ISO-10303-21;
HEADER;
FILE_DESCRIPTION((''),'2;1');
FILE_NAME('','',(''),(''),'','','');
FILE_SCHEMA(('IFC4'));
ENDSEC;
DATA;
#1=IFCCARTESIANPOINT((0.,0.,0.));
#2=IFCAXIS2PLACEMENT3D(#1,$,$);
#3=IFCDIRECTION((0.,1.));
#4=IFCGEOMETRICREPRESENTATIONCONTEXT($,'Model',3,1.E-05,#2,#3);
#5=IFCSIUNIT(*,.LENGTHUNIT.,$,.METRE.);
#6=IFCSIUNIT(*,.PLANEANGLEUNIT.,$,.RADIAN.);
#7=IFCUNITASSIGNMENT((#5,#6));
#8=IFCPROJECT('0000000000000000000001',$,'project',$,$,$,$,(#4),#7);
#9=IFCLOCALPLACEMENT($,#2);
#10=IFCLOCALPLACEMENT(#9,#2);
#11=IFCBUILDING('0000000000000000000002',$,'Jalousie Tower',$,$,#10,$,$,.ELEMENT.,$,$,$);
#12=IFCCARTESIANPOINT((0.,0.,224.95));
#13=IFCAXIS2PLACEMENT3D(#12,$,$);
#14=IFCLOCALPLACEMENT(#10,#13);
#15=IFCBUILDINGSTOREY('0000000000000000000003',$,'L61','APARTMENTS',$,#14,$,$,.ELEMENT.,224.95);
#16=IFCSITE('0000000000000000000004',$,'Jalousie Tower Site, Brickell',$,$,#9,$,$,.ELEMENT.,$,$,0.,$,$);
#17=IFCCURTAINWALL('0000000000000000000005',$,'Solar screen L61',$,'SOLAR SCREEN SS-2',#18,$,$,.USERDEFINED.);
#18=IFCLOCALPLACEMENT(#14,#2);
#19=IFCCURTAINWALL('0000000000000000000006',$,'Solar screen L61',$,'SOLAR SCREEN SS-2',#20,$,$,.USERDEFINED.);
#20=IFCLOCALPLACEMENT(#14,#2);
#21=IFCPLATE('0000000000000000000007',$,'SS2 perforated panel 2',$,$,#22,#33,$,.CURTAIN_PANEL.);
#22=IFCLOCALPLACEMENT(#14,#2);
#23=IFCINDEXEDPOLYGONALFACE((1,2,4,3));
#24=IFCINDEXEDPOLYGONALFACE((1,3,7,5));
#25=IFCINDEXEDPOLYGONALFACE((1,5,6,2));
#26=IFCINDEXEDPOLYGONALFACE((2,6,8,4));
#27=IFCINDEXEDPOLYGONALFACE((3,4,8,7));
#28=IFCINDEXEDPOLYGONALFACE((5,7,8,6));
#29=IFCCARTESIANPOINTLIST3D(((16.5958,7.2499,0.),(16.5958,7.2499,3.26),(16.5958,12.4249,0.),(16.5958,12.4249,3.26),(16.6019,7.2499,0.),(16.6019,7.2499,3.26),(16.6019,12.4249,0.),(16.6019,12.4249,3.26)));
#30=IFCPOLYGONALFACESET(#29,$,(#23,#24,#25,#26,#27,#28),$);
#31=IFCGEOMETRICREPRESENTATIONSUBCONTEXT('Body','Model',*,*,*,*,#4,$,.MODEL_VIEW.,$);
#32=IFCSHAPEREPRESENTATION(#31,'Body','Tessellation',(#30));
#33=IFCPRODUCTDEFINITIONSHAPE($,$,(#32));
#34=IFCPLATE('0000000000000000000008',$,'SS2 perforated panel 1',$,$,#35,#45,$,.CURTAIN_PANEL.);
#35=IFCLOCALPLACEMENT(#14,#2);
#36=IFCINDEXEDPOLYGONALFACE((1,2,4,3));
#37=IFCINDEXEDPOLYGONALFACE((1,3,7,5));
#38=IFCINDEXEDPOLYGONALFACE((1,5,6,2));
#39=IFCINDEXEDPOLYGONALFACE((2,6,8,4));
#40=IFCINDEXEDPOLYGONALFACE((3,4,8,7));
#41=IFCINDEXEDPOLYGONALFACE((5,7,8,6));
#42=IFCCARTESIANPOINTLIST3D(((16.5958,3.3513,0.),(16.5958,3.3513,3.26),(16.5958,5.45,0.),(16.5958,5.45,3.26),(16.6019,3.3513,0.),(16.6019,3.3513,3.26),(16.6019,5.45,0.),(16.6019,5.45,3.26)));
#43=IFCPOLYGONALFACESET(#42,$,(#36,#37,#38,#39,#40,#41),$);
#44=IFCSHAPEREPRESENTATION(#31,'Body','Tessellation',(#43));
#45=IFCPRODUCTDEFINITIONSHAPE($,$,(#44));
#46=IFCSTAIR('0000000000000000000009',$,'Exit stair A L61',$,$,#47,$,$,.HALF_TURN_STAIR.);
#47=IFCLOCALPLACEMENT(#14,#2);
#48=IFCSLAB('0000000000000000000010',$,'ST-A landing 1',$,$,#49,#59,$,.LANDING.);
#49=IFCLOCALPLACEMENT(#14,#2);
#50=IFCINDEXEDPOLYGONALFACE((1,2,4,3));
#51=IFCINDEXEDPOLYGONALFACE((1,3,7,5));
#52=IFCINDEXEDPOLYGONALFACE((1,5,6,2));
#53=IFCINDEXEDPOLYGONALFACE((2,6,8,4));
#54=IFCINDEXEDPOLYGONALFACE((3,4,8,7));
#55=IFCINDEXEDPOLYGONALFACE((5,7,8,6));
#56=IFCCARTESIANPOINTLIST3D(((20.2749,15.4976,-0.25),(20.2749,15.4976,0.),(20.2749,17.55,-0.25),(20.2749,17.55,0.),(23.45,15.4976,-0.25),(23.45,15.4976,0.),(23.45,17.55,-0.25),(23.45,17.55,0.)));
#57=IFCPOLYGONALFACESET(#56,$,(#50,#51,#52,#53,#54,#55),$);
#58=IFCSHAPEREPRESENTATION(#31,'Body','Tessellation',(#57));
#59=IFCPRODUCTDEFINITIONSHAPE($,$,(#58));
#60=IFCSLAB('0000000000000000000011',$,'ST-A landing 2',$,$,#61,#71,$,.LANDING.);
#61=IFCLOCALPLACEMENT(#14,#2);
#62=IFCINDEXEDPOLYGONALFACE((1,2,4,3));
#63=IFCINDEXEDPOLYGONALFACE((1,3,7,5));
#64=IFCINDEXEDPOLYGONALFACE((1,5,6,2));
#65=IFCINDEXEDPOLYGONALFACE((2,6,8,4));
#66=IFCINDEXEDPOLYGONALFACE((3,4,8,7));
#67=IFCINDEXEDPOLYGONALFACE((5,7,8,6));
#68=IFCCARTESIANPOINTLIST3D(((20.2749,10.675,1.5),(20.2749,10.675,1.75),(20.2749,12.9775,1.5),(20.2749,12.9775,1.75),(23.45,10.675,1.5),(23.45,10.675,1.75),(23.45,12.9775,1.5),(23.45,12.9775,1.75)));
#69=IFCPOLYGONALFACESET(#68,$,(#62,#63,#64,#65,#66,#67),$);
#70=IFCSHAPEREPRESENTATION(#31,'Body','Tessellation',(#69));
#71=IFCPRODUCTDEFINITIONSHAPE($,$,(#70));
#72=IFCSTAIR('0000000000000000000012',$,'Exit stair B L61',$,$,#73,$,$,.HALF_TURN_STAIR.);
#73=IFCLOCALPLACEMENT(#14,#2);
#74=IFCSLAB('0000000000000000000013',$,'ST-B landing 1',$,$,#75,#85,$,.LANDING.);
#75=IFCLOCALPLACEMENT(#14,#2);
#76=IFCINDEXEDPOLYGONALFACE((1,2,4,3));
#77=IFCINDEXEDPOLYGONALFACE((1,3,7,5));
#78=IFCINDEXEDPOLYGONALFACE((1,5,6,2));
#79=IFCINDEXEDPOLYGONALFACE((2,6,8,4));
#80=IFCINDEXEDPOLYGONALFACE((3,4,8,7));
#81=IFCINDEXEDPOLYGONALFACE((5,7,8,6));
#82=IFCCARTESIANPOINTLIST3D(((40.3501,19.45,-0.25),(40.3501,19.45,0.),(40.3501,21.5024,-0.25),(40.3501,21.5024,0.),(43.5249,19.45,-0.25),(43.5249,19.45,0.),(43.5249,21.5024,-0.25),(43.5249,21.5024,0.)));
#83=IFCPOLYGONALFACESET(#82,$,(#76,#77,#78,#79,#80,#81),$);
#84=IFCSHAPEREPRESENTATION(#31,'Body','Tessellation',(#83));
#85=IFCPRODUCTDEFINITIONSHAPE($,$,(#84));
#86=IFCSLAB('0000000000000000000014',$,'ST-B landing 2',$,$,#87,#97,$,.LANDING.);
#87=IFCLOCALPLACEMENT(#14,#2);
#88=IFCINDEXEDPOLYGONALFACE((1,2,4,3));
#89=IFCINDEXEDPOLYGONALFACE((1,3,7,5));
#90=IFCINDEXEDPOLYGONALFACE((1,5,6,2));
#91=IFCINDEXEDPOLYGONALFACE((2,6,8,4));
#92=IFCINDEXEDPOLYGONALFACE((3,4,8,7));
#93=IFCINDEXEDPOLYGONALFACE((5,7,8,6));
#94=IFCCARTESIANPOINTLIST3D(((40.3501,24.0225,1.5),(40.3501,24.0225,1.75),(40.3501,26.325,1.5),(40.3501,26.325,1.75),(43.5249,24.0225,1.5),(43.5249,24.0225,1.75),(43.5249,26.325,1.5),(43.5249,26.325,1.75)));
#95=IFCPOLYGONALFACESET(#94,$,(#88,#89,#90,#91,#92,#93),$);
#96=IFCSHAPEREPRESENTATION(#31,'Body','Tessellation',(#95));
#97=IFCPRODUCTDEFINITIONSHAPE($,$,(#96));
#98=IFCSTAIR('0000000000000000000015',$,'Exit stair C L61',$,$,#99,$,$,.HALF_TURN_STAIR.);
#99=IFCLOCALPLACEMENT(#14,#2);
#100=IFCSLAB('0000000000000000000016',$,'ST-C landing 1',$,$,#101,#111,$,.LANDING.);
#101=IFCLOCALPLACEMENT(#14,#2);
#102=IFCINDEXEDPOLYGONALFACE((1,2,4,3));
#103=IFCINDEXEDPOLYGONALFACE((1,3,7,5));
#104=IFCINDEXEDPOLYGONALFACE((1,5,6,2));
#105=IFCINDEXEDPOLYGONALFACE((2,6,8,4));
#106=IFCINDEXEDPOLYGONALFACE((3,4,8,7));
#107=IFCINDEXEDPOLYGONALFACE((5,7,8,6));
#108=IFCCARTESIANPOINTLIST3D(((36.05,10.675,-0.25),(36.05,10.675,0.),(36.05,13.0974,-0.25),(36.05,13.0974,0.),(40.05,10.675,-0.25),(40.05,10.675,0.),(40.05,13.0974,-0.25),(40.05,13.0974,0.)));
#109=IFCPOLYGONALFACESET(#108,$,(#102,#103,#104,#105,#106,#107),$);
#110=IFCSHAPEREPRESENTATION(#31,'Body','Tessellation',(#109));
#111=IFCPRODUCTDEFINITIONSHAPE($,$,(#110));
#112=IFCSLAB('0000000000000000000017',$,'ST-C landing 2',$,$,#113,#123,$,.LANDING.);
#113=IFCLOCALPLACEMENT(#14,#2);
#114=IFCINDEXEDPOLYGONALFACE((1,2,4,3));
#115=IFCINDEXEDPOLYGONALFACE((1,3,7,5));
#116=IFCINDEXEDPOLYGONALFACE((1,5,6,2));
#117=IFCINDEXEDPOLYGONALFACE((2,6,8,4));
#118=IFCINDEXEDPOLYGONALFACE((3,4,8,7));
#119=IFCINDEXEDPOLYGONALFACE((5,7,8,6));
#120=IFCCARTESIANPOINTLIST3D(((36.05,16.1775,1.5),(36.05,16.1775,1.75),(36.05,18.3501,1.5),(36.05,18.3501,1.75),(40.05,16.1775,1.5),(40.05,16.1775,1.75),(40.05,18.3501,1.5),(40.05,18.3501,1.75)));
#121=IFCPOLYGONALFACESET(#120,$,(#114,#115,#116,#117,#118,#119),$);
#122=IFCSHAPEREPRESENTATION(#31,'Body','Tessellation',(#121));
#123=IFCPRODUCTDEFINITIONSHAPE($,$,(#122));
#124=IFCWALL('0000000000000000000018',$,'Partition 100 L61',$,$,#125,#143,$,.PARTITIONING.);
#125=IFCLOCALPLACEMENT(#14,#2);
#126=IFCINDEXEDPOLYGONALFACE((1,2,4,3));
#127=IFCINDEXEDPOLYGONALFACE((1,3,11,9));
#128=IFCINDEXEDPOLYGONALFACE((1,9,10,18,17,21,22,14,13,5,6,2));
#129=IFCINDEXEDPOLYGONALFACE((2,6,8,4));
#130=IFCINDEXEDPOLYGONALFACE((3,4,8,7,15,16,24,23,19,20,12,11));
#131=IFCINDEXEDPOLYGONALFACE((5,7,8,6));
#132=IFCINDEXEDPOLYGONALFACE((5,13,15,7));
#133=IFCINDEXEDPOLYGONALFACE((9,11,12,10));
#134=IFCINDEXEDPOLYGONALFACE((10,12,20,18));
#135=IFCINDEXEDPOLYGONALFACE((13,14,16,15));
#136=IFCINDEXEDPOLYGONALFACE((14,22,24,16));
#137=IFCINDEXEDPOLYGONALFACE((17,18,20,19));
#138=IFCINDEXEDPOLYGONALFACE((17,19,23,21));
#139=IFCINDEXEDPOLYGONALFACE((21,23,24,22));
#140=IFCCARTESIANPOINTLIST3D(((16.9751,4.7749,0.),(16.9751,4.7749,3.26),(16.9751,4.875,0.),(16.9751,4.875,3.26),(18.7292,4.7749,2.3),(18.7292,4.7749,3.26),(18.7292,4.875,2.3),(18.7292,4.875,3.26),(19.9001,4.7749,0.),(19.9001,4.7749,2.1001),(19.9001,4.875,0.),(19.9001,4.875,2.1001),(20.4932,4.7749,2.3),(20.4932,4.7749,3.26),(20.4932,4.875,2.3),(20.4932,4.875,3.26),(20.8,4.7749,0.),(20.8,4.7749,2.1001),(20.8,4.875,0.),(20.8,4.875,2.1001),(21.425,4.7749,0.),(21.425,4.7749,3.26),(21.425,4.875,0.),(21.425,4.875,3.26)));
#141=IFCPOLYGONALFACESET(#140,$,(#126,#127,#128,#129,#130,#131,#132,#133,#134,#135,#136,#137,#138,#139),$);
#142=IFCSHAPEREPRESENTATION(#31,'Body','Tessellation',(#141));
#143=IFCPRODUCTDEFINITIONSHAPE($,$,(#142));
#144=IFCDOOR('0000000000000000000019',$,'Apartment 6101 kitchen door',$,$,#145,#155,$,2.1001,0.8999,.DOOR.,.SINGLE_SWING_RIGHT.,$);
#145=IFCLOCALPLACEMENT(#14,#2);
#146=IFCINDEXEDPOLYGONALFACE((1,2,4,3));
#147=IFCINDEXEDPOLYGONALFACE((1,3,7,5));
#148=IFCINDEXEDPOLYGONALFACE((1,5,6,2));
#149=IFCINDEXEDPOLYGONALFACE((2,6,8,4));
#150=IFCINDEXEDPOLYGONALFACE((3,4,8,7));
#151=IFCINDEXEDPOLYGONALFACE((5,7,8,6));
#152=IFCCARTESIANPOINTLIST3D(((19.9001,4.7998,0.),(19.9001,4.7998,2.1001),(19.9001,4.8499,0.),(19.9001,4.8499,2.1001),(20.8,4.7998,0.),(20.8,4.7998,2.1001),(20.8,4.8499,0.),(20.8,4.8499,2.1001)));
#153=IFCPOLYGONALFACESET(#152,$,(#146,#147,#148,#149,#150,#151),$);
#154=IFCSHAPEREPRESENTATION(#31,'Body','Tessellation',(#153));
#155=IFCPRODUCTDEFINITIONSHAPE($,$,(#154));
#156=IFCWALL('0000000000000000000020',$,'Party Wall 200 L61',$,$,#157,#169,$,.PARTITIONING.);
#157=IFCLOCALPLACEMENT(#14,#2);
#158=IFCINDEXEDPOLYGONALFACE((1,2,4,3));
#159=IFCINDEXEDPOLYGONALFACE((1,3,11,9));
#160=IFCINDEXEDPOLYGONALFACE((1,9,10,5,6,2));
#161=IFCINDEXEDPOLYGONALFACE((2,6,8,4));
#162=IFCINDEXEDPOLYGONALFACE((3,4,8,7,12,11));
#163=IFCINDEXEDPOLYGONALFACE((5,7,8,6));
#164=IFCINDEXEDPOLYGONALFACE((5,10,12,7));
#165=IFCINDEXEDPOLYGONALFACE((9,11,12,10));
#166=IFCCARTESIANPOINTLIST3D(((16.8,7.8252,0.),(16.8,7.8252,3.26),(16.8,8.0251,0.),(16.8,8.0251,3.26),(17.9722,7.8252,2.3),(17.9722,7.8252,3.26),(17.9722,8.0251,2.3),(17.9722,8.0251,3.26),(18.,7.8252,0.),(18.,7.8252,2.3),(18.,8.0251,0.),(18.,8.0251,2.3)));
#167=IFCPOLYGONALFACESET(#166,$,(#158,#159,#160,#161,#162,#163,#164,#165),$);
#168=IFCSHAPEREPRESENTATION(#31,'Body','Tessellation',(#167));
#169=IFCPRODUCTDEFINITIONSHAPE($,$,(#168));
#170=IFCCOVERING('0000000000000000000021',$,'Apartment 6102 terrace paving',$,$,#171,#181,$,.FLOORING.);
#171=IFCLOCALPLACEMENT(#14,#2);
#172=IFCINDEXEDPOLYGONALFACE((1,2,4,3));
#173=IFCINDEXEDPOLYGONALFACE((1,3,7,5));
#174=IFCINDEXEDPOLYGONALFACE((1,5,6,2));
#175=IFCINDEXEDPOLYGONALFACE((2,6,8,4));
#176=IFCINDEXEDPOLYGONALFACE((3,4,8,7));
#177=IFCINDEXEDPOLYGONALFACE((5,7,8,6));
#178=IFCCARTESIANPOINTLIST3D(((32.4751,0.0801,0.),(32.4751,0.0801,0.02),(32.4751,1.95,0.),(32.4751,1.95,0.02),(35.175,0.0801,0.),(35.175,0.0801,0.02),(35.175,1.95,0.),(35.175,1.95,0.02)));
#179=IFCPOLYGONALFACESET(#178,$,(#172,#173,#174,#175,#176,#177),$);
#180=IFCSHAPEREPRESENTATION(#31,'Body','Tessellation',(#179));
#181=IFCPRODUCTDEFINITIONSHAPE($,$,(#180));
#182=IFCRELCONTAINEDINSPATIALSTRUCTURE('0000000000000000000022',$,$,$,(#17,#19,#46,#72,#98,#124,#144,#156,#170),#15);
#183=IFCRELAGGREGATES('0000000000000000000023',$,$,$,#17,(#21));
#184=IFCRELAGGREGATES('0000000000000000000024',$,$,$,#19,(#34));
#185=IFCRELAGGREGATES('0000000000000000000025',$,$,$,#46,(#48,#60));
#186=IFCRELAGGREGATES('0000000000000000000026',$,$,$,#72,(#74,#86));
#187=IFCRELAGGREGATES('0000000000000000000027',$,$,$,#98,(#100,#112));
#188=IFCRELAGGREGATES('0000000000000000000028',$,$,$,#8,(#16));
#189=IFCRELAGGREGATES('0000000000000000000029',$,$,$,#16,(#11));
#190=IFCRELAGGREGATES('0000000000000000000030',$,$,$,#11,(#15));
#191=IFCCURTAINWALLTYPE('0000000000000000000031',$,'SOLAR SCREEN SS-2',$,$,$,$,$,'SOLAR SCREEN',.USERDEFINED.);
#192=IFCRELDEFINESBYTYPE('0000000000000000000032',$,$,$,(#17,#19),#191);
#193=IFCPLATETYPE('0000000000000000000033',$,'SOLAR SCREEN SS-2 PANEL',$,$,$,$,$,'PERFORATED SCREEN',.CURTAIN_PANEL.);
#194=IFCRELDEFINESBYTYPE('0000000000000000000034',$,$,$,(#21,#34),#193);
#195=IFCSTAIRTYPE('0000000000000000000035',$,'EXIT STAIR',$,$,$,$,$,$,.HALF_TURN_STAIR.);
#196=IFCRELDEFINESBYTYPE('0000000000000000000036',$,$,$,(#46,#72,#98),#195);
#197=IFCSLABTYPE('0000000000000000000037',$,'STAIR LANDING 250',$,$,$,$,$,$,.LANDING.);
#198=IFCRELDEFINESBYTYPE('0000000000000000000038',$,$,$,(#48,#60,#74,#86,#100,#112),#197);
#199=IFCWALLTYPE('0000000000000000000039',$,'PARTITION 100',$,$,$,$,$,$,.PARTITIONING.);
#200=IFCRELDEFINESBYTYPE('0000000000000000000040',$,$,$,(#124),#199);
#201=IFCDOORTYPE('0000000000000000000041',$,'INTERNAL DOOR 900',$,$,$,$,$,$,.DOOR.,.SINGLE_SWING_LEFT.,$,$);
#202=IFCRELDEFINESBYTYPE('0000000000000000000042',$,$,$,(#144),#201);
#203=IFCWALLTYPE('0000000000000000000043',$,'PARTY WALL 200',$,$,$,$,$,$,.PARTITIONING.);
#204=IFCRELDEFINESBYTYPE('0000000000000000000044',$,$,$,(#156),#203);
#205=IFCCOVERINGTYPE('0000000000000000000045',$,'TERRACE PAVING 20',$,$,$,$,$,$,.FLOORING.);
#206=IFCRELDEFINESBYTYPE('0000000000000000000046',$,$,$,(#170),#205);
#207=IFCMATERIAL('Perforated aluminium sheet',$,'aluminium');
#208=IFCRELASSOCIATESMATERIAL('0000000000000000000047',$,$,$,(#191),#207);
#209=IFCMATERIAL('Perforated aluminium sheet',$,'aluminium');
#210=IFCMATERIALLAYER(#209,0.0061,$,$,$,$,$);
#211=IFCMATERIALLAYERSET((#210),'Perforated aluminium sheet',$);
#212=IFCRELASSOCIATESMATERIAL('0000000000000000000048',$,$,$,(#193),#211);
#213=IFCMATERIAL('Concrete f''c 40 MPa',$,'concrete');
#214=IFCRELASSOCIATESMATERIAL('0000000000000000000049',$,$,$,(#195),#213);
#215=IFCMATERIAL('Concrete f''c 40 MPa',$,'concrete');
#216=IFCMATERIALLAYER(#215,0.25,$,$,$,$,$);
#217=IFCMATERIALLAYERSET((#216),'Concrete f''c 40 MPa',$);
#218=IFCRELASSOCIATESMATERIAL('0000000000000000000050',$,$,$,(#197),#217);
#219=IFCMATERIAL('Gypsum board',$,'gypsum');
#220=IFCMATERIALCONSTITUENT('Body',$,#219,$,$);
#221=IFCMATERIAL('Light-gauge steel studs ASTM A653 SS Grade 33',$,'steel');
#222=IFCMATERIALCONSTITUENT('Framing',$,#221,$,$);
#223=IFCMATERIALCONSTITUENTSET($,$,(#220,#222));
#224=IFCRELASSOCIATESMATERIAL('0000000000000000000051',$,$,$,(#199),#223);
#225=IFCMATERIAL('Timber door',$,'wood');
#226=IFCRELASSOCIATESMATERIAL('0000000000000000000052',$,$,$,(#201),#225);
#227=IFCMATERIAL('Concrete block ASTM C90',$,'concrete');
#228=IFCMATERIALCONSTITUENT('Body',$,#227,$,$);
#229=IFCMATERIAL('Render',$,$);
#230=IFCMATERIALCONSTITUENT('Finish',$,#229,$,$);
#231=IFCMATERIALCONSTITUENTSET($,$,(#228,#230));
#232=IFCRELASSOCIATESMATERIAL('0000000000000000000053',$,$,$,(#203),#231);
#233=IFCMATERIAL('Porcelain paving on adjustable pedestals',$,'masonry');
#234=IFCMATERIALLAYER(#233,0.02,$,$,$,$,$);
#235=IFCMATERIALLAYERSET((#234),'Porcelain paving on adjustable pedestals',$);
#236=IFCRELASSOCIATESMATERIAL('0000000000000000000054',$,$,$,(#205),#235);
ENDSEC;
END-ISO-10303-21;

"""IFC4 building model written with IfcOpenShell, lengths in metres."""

from ifc_helpers import new_model, si_unit, direction, frame, frame_2d, origin, origin_2d, place, context, subcontext, project, spatial, polyline, rectangle, outline, extrude, material, layer, layer_set, constituent, constituent_set, type_object, element, fill, aggregate, save


model = new_model("IFC4")

# Units and contexts
model_context = context("Model", 3, precision=1e-05, world=origin(), true_north=direction((0.0, 1.0)))
body_context = subcontext(model_context, "Body", "Model", "MODEL_VIEW")
ifc_project = project(units=[si_unit("LENGTHUNIT", "METRE"), si_unit("PLANEANGLEUNIT", "RADIAN")], contexts=[model_context])

# Site, building, storey
site_placement = place(None, origin())
site = spatial("IfcSite", under=ifc_project, at=site_placement, Name="Jalousie Tower Site, Brickell", CompositionType="ELEMENT", RefElevation=0.0)
building_placement = place(site_placement, origin())
building = spatial("IfcBuilding", under=site, at=building_placement, Name="Jalousie Tower", CompositionType="ELEMENT")
storey_placement = place(building_placement, frame((0.0, 0.0, 224.95)))
storey = spatial("IfcBuildingStorey", under=building, at=storey_placement, Name="L61", Description="APARTMENTS", CompositionType="ELEMENT", Elevation=224.95)

# Curtain walls
ifc_material_1 = material(Name="Perforated aluminium sheet", Category="aluminium")
curtain_wall_type_1 = type_object("IfcCurtainWallType", Name="SOLAR SCREEN SS-2", ElementType="SOLAR SCREEN", PredefinedType="USERDEFINED", material=ifc_material_1)
curtain_wall_1_placement = place(storey_placement, origin())
curtain_wall_1 = element("IfcCurtainWall", 1, at=curtain_wall_1_placement, inside=storey, type_object=curtain_wall_type_1, Name="Solar screen L61", ObjectType="SOLAR SCREEN SS-2", PredefinedType="USERDEFINED")
curtain_wall_2_placement = place(storey_placement, origin())
curtain_wall_2 = element("IfcCurtainWall", 2, at=curtain_wall_2_placement, inside=storey, type_object=curtain_wall_type_1, Name="Solar screen L61", ObjectType="SOLAR SCREEN SS-2", PredefinedType="USERDEFINED")

# Plates
ifc_material_2 = material(Name="Perforated aluminium sheet", Category="aluminium")
ifc_layer_1 = layer(ifc_material_2, 0.0061)
ifc_layer_set_1 = layer_set([ifc_layer_1], Name="Perforated aluminium sheet")
plate_type = type_object("IfcPlateType", Name="SOLAR SCREEN SS-2 PANEL", ElementType="PERFORATED SCREEN", PredefinedType="CURTAIN_PANEL", material=ifc_layer_set_1)
plate_1_placement = place(storey_placement, frame((16.5989, 9.8374, 0.0), z_axis=(0.0, 0.0, 1.0), x_axis=(0.0, -1.0, 0.0)))
plate_1 = element("IfcPlate", 3, at=plate_1_placement, type_object=plate_type, Name="SS2 perforated panel 2", PredefinedType="CURTAIN_PANEL", context=body_context, shape_type="SweptSolid", body=[
    extrude(rectangle(XDim=5.175, YDim=0.0061, at=origin_2d()), origin(), (0.0, 0.0, 1.0), 3.26),
])
aggregate(curtain_wall_1, [plate_1])
plate_2_placement = place(storey_placement, frame((16.5989, 4.4006, 0.0), z_axis=(0.0, 0.0, 1.0), x_axis=(0.0, -1.0, 0.0)))
plate_2 = element("IfcPlate", 4, at=plate_2_placement, type_object=plate_type, Name="SS2 perforated panel 1", PredefinedType="CURTAIN_PANEL", context=body_context, shape_type="SweptSolid", body=[
    extrude(rectangle(XDim=2.0986, YDim=0.0061, at=origin_2d()), origin(), (0.0, 0.0, 1.0), 3.26),
])
aggregate(curtain_wall_2, [plate_2])

# Stairs, slabs
ifc_material_3 = material(Name="Concrete f'c 40 MPa", Category="concrete")
stair_type = type_object("IfcStairType", Name="EXIT STAIR", PredefinedType="HALF_TURN_STAIR", material=ifc_material_3)
stair_1_placement = place(storey_placement, origin())
stair_1 = element("IfcStair", 5, at=stair_1_placement, inside=storey, type_object=stair_type, Name="Exit stair A L61", PredefinedType="HALF_TURN_STAIR")
ifc_material_4 = material(Name="Concrete f'c 40 MPa", Category="concrete")
ifc_layer_2 = layer(ifc_material_4, 0.25)
ifc_layer_set_2 = layer_set([ifc_layer_2], Name="Concrete f'c 40 MPa")
slab_type_1 = type_object("IfcSlabType", Name="STAIR LANDING 250", PredefinedType="LANDING", material=ifc_layer_set_2)
slab_1_placement = place(storey_placement, frame((0.0, 0.0, -0.25)))
slab_1 = element("IfcSlab", 6, at=slab_1_placement, type_object=slab_type_1, Name="ST-A landing 1", PredefinedType="LANDING", context=body_context, shape_type="SweptSolid", body=[
    extrude(outline(polyline([(20.2749, 15.4976), (23.45, 15.4976), (23.45, 17.55), (20.2749, 17.55), (20.2749, 15.4976)])), origin(), (0.0, 0.0, 1.0), 0.25),
])
slab_2_placement = place(storey_placement, frame((0.0, 0.0, 1.5)))
slab_2 = element("IfcSlab", 7, at=slab_2_placement, type_object=slab_type_1, Name="ST-A landing 2", PredefinedType="LANDING", context=body_context, shape_type="SweptSolid", body=[
    extrude(outline(polyline([(20.2749, 10.675), (23.45, 10.675), (23.45, 12.9775), (20.2749, 12.9775), (20.2749, 10.675)])), origin(), (0.0, 0.0, 1.0), 0.25),
])
aggregate(stair_1, [slab_1, slab_2])
stair_2_placement = place(storey_placement, origin())
stair_2 = element("IfcStair", 8, at=stair_2_placement, inside=storey, type_object=stair_type, Name="Exit stair B L61", PredefinedType="HALF_TURN_STAIR")
slab_3_placement = place(storey_placement, frame((0.0, 0.0, -0.25)))
slab_3 = element("IfcSlab", 9, at=slab_3_placement, type_object=slab_type_1, Name="ST-B landing 1", PredefinedType="LANDING", context=body_context, shape_type="SweptSolid", body=[
    extrude(outline(polyline([(40.3501, 19.45), (43.5249, 19.45), (43.5249, 21.5024), (40.3501, 21.5024), (40.3501, 19.45)])), origin(), (0.0, 0.0, 1.0), 0.25),
])
slab_4_placement = place(storey_placement, frame((0.0, 0.0, 1.5)))
slab_4 = element("IfcSlab", 10, at=slab_4_placement, type_object=slab_type_1, Name="ST-B landing 2", PredefinedType="LANDING", context=body_context, shape_type="SweptSolid", body=[
    extrude(outline(polyline([(40.3501, 24.0225), (43.5249, 24.0225), (43.5249, 26.325), (40.3501, 26.325), (40.3501, 24.0225)])), origin(), (0.0, 0.0, 1.0), 0.25),
])
aggregate(stair_2, [slab_3, slab_4])
stair_3_placement = place(storey_placement, origin())
stair_3 = element("IfcStair", 11, at=stair_3_placement, inside=storey, type_object=stair_type, Name="Exit stair C L61", PredefinedType="HALF_TURN_STAIR")
slab_5_placement = place(storey_placement, frame((0.0, 0.0, -0.25)))
slab_5 = element("IfcSlab", 12, at=slab_5_placement, type_object=slab_type_1, Name="ST-C landing 1", PredefinedType="LANDING", context=body_context, shape_type="SweptSolid", body=[
    extrude(outline(polyline([(36.05, 10.675), (40.05, 10.675), (40.05, 13.0974), (36.05, 13.0974), (36.05, 10.675)])), origin(), (0.0, 0.0, 1.0), 0.25),
])
slab_6_placement = place(storey_placement, frame((0.0, 0.0, 1.5)))
slab_6 = element("IfcSlab", 13, at=slab_6_placement, type_object=slab_type_1, Name="ST-C landing 2", PredefinedType="LANDING", context=body_context, shape_type="SweptSolid", body=[
    extrude(outline(polyline([(36.05, 16.1775), (40.05, 16.1775), (40.05, 18.3501), (36.05, 18.3501), (36.05, 16.1775)])), origin(), (0.0, 0.0, 1.0), 0.25),
])
aggregate(stair_3, [slab_5, slab_6])

# Wall, opening, door
ifc_material_5 = material(Name="Gypsum board", Category="gypsum")
ifc_constituent_1 = constituent(ifc_material_5, Name="Body")
ifc_material_6 = material(Name="Light-gauge steel studs ASTM A653 SS Grade 33", Category="steel")
ifc_constituent_2 = constituent(ifc_material_6, Name="Framing")
ifc_constituent_set_1 = constituent_set(constituents=[ifc_constituent_1, ifc_constituent_2])
wall_type_1 = type_object("IfcWallType", Name="PARTITION 100", PredefinedType="PARTITIONING", material=ifc_constituent_set_1)
wall_1_placement = place(storey_placement, frame((16.9751, 4.825, 0.0), z_axis=(0.0, 0.0, 1.0), x_axis=(1.0, 0.0, 0.0)))
wall_1 = element("IfcWall", 14, at=wall_1_placement, inside=storey, type_object=wall_type_1, Name="Partition 100 L61", PredefinedType="PARTITIONING", context=body_context, shape_type="SweptSolid", body=[
    extrude(outline(polyline([(0.0, 0.0), (4.45, 0.0), (4.45, 3.26), (3.5181, 3.26), (3.5181, 2.3), (1.7542, 2.3), (1.7542, 3.26), (0.0, 3.26), (0.0, 0.0)])), frame((0.0, 0.05, 0.0), z_axis=(0.0, -1.0, 0.0), x_axis=(1.0, 0.0, 0.0)), (0.0, 0.0, 1.0), 0.1001),
])
opening_placement = place(wall_1_placement, frame((2.925, 0.0, 0.0)))
opening = element("IfcOpeningElement", 15, at=opening_placement, cuts=wall_1, PredefinedType="OPENING", context=body_context, shape_type="SweptSolid", body=[
    extrude(rectangle(XDim=0.8999, YDim=2.1001, at=frame_2d((0.45, 1.05))), frame((0.0, 0.0601, 0.0), z_axis=(0.0, -1.0, 0.0), x_axis=(1.0, 0.0, 0.0)), (0.0, 0.0, 1.0), 0.1201),
])
ifc_material_7 = material(Name="Timber door", Category="wood")
door_type = type_object("IfcDoorType", Name="INTERNAL DOOR 900", OperationType="SINGLE_SWING_LEFT", PredefinedType="DOOR", material=ifc_material_7)
door_placement = place(opening_placement, origin())
door = element("IfcDoor", 16, at=door_placement, inside=storey, type_object=door_type, Name="Apartment 6101 kitchen door", OperationType="SINGLE_SWING_RIGHT", OverallHeight=2.1001, OverallWidth=0.8999, PredefinedType="DOOR", context=body_context, shape_type="SweptSolid", body=[
    extrude(rectangle(XDim=0.8999, YDim=2.1001, at=frame_2d((0.45, 1.05))), frame((0.0, 0.0249, 0.0), z_axis=(0.0, -1.0, 0.0), x_axis=(1.0, 0.0, 0.0)), (0.0, 0.0, 1.0), 0.05),
])
fill(opening, door)

# Wall
ifc_material_8 = material(Name="Concrete block ASTM C90", Category="concrete")
ifc_constituent_3 = constituent(ifc_material_8, Name="Body")
ifc_material_9 = material(Name="Render")
ifc_constituent_4 = constituent(ifc_material_9, Name="Finish")
ifc_constituent_set_2 = constituent_set(constituents=[ifc_constituent_3, ifc_constituent_4])
wall_type_2 = type_object("IfcWallType", Name="PARTY WALL 200", PredefinedType="PARTITIONING", material=ifc_constituent_set_2)
wall_2_placement = place(storey_placement, frame((16.8, 7.925, 0.0), z_axis=(0.0, 0.0, 1.0), x_axis=(1.0, 0.0, 0.0)))
element("IfcWall", 17, at=wall_2_placement, inside=storey, type_object=wall_type_2, Name="Party Wall 200 L61", PredefinedType="PARTITIONING", context=body_context, shape_type="SweptSolid", body=[
    extrude(outline(polyline([(0.0, 0.0), (1.2, 0.0), (1.2, 3.26), (1.2, 2.3), (1.1721, 2.3), (1.1721, 3.26), (0.0, 3.26), (0.0, 0.0)])), frame((0.0, 0.1001, 0.0), z_axis=(0.0, -1.0, 0.0), x_axis=(1.0, 0.0, 0.0)), (0.0, 0.0, 1.0), 0.2),
])

# Covering
ifc_material_10 = material(Name="Porcelain paving on adjustable pedestals", Category="masonry")
ifc_layer_3 = layer(ifc_material_10, 0.02)
ifc_layer_set_3 = layer_set([ifc_layer_3], Name="Porcelain paving on adjustable pedestals")
covering_type = type_object("IfcCoveringType", Name="TERRACE PAVING 20", PredefinedType="FLOORING", material=ifc_layer_set_3)
covering_1_placement = place(storey_placement, origin())
element("IfcCovering", 18, at=covering_1_placement, inside=storey, type_object=covering_type, Name="Apartment 6102 terrace paving", PredefinedType="FLOORING", context=body_context, shape_type="SweptSolid", body=[
    extrude(outline(polyline([(32.4751, 0.0801), (35.175, 0.0801), (35.175, 1.95), (32.4751, 1.95), (32.4751, 0.0801)])), origin(), (0.0, 0.0, 1.0), 0.02),
])

save(model, "model.ifc")
